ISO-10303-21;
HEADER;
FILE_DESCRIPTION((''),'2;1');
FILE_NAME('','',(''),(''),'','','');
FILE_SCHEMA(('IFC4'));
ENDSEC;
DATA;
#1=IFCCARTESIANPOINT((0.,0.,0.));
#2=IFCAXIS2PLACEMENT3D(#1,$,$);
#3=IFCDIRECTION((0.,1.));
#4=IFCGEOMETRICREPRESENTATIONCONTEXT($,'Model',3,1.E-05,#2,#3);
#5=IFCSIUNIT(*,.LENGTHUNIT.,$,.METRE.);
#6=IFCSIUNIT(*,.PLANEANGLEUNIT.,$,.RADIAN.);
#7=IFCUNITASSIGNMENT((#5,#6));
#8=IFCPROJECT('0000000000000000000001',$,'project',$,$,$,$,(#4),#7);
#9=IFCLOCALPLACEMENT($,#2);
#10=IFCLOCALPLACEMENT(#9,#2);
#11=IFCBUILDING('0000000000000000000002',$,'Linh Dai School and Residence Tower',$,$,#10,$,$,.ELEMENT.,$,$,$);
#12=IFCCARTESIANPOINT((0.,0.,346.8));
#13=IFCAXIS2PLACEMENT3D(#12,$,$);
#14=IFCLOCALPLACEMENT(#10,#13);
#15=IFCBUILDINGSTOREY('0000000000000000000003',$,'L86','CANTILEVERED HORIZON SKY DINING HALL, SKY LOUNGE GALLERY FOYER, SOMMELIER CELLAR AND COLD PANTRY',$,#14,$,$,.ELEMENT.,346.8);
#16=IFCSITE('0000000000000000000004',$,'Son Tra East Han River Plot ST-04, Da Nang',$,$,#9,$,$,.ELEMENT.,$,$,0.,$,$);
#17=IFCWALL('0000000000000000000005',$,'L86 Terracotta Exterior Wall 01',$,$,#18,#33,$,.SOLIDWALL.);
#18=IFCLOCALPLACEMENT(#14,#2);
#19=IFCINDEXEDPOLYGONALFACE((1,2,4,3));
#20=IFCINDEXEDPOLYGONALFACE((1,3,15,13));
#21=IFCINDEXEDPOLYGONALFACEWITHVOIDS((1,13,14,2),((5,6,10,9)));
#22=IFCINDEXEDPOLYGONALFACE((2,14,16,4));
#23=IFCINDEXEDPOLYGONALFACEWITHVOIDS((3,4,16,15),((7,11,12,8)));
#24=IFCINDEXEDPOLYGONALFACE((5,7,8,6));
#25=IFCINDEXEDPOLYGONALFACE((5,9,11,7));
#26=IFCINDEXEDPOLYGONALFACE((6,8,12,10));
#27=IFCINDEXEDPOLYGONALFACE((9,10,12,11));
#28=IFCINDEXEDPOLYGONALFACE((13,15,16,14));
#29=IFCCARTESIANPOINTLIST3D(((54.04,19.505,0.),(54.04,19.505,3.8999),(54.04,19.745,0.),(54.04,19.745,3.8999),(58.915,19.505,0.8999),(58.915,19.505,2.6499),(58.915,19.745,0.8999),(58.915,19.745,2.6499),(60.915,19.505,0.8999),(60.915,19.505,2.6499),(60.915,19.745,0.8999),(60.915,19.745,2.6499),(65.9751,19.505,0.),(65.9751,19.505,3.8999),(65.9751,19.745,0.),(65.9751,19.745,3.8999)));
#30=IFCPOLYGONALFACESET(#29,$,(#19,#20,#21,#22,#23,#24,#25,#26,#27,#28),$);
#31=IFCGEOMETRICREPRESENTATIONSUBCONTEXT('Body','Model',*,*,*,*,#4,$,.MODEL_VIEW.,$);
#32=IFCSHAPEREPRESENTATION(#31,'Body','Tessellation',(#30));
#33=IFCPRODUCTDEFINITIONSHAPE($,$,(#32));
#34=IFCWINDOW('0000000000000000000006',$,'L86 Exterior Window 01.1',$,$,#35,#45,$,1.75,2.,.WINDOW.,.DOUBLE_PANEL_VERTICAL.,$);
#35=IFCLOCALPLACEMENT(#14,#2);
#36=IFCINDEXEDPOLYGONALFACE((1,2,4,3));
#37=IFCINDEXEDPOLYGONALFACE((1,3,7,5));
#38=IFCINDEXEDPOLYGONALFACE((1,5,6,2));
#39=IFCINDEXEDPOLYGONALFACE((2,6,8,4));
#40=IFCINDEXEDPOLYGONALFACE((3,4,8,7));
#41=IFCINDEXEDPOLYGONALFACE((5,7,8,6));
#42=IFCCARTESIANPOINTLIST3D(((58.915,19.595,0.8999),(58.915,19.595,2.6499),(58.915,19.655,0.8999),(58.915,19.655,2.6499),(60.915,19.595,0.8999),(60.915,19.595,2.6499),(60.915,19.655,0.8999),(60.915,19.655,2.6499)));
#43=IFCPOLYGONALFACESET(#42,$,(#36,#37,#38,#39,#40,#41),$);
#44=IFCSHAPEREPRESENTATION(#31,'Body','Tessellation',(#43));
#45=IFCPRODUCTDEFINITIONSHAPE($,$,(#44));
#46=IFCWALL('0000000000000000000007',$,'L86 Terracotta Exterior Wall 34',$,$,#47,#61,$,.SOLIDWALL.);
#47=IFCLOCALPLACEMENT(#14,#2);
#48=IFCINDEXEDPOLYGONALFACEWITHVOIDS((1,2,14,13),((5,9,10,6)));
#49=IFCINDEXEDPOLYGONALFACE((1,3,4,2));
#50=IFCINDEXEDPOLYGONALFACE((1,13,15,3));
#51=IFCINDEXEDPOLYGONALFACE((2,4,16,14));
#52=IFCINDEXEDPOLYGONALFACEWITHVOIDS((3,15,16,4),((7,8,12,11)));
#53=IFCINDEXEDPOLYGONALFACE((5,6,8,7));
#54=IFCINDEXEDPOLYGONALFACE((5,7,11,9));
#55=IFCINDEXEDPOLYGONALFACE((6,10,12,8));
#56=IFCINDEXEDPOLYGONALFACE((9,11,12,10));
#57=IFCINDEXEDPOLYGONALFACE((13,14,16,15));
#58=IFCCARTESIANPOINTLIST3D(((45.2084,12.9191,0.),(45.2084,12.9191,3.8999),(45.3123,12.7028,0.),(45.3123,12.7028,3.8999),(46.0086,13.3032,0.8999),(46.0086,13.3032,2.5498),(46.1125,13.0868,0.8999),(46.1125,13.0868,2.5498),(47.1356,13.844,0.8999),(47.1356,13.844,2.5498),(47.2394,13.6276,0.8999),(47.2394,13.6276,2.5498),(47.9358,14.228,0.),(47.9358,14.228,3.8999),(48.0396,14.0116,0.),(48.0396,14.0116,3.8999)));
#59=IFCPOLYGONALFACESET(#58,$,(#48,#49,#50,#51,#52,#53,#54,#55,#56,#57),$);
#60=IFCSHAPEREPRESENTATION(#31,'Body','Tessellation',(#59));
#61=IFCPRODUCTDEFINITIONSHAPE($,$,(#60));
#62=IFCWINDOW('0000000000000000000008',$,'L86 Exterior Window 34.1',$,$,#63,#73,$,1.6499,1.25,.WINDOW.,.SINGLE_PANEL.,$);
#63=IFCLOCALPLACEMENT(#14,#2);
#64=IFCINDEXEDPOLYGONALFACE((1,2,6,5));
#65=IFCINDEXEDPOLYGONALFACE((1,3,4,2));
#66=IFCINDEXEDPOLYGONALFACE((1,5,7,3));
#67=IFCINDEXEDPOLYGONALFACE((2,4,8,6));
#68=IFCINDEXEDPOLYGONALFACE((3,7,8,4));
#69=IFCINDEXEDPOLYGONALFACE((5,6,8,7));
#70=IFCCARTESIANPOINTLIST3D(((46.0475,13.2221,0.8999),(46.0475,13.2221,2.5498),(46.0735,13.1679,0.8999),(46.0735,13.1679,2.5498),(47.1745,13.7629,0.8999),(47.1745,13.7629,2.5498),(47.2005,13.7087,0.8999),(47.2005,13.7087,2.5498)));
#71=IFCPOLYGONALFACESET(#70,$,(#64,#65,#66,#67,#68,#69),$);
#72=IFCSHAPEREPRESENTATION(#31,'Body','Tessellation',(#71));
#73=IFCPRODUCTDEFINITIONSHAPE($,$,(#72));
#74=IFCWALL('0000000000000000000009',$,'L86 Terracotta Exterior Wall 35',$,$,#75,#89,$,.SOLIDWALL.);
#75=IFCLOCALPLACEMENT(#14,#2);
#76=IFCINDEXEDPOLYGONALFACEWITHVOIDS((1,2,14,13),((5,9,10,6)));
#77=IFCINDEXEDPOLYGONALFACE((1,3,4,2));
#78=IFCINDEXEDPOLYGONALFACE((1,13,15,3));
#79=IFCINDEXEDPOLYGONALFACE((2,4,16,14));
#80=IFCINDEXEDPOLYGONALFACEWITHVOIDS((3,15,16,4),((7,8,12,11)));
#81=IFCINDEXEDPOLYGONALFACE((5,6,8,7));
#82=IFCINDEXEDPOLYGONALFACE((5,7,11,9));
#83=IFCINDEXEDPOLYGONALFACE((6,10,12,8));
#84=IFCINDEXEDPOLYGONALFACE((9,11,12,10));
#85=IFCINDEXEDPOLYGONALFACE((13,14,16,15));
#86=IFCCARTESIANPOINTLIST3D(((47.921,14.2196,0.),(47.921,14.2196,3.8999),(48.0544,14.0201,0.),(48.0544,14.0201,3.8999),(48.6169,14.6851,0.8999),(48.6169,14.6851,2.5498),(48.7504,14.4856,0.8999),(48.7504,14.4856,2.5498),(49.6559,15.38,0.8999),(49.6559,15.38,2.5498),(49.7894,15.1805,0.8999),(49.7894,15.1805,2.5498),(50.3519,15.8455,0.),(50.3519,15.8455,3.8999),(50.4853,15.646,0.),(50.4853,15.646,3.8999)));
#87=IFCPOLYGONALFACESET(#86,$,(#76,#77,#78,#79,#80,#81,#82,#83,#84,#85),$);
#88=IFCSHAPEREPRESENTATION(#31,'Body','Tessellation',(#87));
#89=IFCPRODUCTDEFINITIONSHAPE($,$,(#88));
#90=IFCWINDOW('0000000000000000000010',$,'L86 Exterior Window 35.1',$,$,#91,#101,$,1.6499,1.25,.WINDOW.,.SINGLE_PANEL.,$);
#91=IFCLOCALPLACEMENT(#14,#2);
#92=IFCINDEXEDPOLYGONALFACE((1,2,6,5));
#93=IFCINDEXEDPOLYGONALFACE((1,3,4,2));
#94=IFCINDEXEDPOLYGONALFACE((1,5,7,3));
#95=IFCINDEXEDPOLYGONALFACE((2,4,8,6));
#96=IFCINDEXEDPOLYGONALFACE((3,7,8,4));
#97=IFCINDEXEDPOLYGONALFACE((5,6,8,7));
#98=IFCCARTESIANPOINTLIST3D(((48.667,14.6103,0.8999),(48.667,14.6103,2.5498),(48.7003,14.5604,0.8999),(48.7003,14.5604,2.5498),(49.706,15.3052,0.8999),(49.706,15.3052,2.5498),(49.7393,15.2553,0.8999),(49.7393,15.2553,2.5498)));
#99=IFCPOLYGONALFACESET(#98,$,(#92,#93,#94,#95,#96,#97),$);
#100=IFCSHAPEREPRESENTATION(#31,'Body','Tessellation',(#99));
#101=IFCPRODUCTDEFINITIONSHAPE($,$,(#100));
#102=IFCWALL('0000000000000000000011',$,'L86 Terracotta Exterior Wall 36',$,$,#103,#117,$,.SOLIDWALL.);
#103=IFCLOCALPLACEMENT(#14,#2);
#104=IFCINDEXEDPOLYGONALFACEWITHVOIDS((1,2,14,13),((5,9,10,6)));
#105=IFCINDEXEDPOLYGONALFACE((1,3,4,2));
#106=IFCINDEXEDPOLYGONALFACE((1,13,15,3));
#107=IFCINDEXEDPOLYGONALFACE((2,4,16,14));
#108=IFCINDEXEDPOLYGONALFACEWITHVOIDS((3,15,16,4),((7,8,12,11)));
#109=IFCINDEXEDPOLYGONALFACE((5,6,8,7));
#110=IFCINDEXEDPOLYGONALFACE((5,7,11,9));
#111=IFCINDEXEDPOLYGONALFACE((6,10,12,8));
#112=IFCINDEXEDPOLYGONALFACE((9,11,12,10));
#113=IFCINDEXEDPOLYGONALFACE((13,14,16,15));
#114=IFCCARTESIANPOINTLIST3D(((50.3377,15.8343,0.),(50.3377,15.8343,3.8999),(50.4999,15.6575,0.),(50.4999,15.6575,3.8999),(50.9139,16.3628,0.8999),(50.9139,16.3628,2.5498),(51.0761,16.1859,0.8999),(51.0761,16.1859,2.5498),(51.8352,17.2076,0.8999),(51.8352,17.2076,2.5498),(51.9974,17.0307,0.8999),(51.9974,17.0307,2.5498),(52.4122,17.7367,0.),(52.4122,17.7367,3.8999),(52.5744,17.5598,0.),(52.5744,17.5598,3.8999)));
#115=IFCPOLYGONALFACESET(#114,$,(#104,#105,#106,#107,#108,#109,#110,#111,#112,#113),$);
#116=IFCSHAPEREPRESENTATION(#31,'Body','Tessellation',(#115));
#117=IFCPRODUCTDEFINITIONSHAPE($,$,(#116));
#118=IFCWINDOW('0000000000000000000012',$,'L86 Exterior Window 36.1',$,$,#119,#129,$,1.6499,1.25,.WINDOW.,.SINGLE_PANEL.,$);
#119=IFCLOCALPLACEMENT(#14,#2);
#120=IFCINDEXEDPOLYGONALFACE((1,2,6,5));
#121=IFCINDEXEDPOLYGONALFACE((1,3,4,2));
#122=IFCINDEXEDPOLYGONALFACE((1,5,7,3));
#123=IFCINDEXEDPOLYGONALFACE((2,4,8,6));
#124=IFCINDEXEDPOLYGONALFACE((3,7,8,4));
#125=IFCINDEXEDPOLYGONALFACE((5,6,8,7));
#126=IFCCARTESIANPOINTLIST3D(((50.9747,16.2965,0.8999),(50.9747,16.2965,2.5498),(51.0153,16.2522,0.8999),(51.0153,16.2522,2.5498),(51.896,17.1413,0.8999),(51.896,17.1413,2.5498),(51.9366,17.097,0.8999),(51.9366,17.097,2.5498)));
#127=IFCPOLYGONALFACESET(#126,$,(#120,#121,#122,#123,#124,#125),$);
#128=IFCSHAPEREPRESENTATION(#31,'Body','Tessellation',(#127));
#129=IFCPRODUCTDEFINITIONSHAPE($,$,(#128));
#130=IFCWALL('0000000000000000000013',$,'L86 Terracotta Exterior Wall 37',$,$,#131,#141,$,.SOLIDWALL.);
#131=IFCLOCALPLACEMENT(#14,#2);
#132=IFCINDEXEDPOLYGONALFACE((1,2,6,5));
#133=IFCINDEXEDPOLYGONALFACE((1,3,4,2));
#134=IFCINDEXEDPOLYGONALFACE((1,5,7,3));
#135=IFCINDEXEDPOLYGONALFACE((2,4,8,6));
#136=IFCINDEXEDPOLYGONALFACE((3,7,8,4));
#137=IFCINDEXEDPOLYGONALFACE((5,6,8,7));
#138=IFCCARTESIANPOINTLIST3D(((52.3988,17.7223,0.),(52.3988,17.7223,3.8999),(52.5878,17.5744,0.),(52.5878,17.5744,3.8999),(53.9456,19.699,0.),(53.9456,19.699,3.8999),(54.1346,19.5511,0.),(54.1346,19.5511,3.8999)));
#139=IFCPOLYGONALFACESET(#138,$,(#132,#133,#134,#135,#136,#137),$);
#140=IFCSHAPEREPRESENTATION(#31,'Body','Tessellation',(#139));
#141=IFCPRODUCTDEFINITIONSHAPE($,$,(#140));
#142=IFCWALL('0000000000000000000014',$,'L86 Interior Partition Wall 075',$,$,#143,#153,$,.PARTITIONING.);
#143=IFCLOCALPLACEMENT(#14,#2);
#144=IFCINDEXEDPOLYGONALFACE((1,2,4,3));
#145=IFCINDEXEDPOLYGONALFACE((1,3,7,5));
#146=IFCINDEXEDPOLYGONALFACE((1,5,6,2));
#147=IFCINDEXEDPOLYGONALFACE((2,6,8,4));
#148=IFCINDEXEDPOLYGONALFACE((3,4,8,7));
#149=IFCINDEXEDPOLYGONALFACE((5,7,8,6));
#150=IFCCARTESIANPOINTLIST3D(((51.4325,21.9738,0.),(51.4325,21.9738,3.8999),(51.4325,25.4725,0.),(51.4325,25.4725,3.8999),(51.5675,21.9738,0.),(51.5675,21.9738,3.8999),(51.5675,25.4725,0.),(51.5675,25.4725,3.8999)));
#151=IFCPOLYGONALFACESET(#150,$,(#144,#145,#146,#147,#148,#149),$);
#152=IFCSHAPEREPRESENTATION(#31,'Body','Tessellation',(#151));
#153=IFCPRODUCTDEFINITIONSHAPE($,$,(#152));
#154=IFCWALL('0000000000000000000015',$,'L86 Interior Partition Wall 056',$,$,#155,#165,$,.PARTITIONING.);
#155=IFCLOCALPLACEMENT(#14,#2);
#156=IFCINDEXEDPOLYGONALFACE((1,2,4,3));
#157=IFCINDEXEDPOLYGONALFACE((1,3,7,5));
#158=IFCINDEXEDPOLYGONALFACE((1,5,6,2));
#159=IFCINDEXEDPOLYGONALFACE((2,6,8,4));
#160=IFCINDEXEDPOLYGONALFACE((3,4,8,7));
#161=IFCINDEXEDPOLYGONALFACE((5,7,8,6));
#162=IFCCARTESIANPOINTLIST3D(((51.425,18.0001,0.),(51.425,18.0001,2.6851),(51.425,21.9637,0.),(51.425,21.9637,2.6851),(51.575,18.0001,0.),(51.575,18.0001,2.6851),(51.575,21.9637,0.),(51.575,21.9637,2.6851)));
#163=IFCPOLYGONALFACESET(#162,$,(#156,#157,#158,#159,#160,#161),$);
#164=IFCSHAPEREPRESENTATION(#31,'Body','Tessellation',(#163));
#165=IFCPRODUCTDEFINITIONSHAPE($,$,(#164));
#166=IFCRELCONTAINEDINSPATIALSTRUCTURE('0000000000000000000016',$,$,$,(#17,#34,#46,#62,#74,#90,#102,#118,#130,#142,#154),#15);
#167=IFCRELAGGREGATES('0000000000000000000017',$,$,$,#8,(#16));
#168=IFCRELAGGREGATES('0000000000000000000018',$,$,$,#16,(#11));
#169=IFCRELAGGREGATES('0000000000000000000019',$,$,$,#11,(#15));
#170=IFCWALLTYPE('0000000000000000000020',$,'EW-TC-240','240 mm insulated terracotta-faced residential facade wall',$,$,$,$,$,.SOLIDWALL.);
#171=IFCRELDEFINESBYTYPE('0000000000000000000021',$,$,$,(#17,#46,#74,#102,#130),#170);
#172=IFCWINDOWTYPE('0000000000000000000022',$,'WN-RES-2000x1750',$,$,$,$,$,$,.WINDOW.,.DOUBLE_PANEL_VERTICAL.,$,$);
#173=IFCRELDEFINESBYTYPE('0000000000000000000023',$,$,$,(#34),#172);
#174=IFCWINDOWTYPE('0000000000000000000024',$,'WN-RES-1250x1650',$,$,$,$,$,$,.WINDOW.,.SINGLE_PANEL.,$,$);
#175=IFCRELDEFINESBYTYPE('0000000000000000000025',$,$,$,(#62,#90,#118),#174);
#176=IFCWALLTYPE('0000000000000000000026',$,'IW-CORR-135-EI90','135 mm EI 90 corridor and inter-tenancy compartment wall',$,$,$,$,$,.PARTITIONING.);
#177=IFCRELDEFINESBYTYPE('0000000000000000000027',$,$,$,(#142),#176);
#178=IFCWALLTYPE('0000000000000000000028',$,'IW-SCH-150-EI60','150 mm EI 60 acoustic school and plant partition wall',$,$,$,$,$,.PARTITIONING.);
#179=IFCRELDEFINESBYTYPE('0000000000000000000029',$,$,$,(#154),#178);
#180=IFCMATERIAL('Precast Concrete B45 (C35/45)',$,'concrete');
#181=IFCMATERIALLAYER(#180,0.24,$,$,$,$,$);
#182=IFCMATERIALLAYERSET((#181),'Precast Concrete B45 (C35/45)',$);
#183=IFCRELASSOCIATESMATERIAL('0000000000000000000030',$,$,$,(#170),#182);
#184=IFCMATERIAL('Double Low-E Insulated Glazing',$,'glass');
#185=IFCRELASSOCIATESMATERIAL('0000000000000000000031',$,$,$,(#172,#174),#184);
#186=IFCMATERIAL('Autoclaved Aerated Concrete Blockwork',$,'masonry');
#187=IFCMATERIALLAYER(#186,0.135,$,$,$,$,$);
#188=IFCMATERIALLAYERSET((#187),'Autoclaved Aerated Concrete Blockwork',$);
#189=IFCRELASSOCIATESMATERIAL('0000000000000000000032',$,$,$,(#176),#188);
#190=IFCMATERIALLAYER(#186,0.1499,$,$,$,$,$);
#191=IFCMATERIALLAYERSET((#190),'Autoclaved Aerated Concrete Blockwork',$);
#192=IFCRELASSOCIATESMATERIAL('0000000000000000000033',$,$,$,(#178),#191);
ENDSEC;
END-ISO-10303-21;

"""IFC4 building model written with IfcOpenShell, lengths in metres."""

from ifc_helpers import new_model, si_unit, direction, frame, frame_2d, origin, origin_2d, place, context, subcontext, project, spatial, rectangle, extrude, source, transform, mapped, material, layer, layer_set, type_object, element, fill, save


model = new_model("IFC4")

# Units and contexts
model_context = context("Model", 3, precision=1e-05, world=origin(), true_north=direction((0.0, 1.0)))
body_context = subcontext(model_context, "Body", "Model", "MODEL_VIEW")
ifc_project = project(units=[si_unit("LENGTHUNIT", "METRE"), si_unit("PLANEANGLEUNIT", "RADIAN")], contexts=[model_context])

# Site, building, storey
site_placement = place(None, origin())
site = spatial("IfcSite", under=ifc_project, at=site_placement, Name="Son Tra East Han River Plot ST-04, Da Nang", CompositionType="ELEMENT", RefElevation=0.0)
building_placement = place(site_placement, origin())
building = spatial("IfcBuilding", under=site, at=building_placement, Name="Linh Dai School and Residence Tower", CompositionType="ELEMENT")
storey_placement = place(building_placement, frame((0.0, 0.0, 346.8)))
storey = spatial("IfcBuildingStorey", under=building, at=storey_placement, Name="L86", Description="CANTILEVERED HORIZON SKY DINING HALL, SKY LOUNGE GALLERY FOYER, SOMMELIER CELLAR AND COLD PANTRY", CompositionType="ELEMENT", Elevation=346.8)

# Walls, openings, windows
ifc_material_1 = material(Name="Precast Concrete B45 (C35/45)", Category="concrete")
ifc_layer_1 = layer(ifc_material_1, 0.24)
ifc_layer_set_1 = layer_set([ifc_layer_1], Name="Precast Concrete B45 (C35/45)")
wall_type_1 = type_object("IfcWallType", Name="EW-TC-240", Description="240 mm insulated terracotta-faced residential facade wall", PredefinedType="SOLIDWALL", material=ifc_layer_set_1)
wall_1_placement = place(storey_placement, frame((65.9751, 19.625, 0.0), z_axis=(0.0, 0.0, 1.0), x_axis=(-1.0, 0.0, 0.0)))
wall_1 = element("IfcWall", 1, at=wall_1_placement, inside=storey, type_object=wall_type_1, Name="L86 Terracotta Exterior Wall 01", PredefinedType="SOLIDWALL", context=body_context, shape_type="SweptSolid", body=[
    extrude(rectangle(XDim=11.9351, YDim=0.24, at=frame_2d((5.9675, 0.0))), origin(), (0.0, 0.0, 1.0), 3.8999),
])
opening_1_placement = place(wall_1_placement, frame((5.0601, 0.0, 0.8999)))
opening_1 = element("IfcOpeningElement", 2, at=opening_1_placement, cuts=wall_1, PredefinedType="OPENING", context=body_context, shape_type="SweptSolid", body=[
    extrude(rectangle(XDim=2.0, YDim=1.75, at=origin_2d()), frame((1.0, 0.1299, 0.875), z_axis=(0.0, -1.0, 0.0), x_axis=(1.0, 0.0, 0.0)), (0.0, 0.0, 1.0), 0.26),
])
ifc_material_2 = material(Name="Double Low-E Insulated Glazing", Category="glass")
window_type_1 = type_object("IfcWindowType", Name="WN-RES-2000x1750", PartitioningType="DOUBLE_PANEL_VERTICAL", PredefinedType="WINDOW", material=ifc_material_2)
shared_shape_1 = source(origin(), body_context, "Body", "SweptSolid", [
    extrude(rectangle(XDim=2.0, YDim=1.75, at=origin_2d()), frame((1.0, 0.03, 0.875), z_axis=(0.0, -1.0, 0.0), x_axis=(1.0, 0.0, 0.0)), (0.0, 0.0, 1.0), 0.0601),
])
window_1_placement = place(opening_1_placement, origin())
window_1 = element("IfcWindow", 3, at=window_1_placement, inside=storey, type_object=window_type_1, Name="L86 Exterior Window 01.1", OverallHeight=1.75, OverallWidth=2.0, PartitioningType="DOUBLE_PANEL_VERTICAL", PredefinedType="WINDOW", context=body_context, shape_type="MappedRepresentation", body=[
    mapped(shared_shape_1, transform((0.0, 0.0, 0.0), x_axis=(1.0, 0.0, 0.0), y_axis=(0.0, 1.0, 0.0), z_axis=(0.0, 0.0, 1.0), scale=1.0)),
])
fill(opening_1, window_1)
wall_2_placement = place(storey_placement, frame((47.9878, 14.1199, 0.0), z_axis=(0.0, 0.0, 1.0), x_axis=(-0.901557, -0.43266, 0.0)))
wall_2 = element("IfcWall", 4, at=wall_2_placement, inside=storey, type_object=wall_type_1, Name="L86 Terracotta Exterior Wall 34", PredefinedType="SOLIDWALL", context=body_context, shape_type="SweptSolid", body=[
    extrude(rectangle(XDim=3.0251, YDim=0.24, at=frame_2d((1.5127, 0.0))), origin(), (0.0, 0.0, 1.0), 3.8999),
])
opening_2_placement = place(wall_2_placement, frame((0.8877, 0.0, 0.8999)))
opening_2 = element("IfcOpeningElement", 5, at=opening_2_placement, cuts=wall_2, PredefinedType="OPENING", context=body_context, shape_type="SweptSolid", body=[
    extrude(rectangle(XDim=1.25, YDim=1.6499, at=origin_2d()), frame((0.625, 0.1299, 0.825), z_axis=(0.0, -1.0, 0.0), x_axis=(1.0, 0.0, 0.0)), (0.0, 0.0, 1.0), 0.26),
])
window_type_2 = type_object("IfcWindowType", Name="WN-RES-1250x1650", PartitioningType="SINGLE_PANEL", PredefinedType="WINDOW", material=ifc_material_2)
shared_shape_2 = source(origin(), body_context, "Body", "SweptSolid", [
    extrude(rectangle(XDim=1.25, YDim=1.6499, at=origin_2d()), frame((0.625, 0.03, 0.825), z_axis=(0.0, -1.0, 0.0), x_axis=(1.0, 0.0, 0.0)), (0.0, 0.0, 1.0), 0.0601),
])
window_2_placement = place(opening_2_placement, origin())
window_2 = element("IfcWindow", 6, at=window_2_placement, inside=storey, type_object=window_type_2, Name="L86 Exterior Window 34.1", OverallHeight=1.6499, OverallWidth=1.25, PartitioningType="SINGLE_PANEL", PredefinedType="WINDOW", context=body_context, shape_type="MappedRepresentation", body=[
    mapped(shared_shape_2, transform((0.0, 0.0, 0.0), x_axis=(1.0, 0.0, 0.0), y_axis=(0.0, 1.0, 0.0), z_axis=(0.0, 0.0, 1.0), scale=1.0)),
])
fill(opening_2, window_2)
wall_3_placement = place(storey_placement, frame((50.4187, 15.7458, 0.0), z_axis=(0.0, 0.0, 1.0), x_axis=(-0.831202, -0.555971, 0.0)))
wall_3 = element("IfcWall", 7, at=wall_3_placement, inside=storey, type_object=wall_type_1, Name="L86 Terracotta Exterior Wall 35", PredefinedType="SOLIDWALL", context=body_context, shape_type="SweptSolid", body=[
    extrude(rectangle(XDim=2.9246, YDim=0.24, at=frame_2d((1.4624, 0.0))), origin(), (0.0, 0.0, 1.0), 3.8999),
])
opening_3_placement = place(wall_3_placement, frame((0.8374, 0.0, 0.8999)))
opening_3 = element("IfcOpeningElement", 8, at=opening_3_placement, cuts=wall_3, PredefinedType="OPENING", context=body_context, shape_type="SweptSolid", body=[
    extrude(rectangle(XDim=1.25, YDim=1.6499, at=origin_2d()), frame((0.625, 0.1299, 0.825), z_axis=(0.0, -1.0, 0.0), x_axis=(1.0, 0.0, 0.0)), (0.0, 0.0, 1.0), 0.26),
])
window_3_placement = place(opening_3_placement, origin())
window_3 = element("IfcWindow", 9, at=window_3_placement, inside=storey, type_object=window_type_2, Name="L86 Exterior Window 35.1", OverallHeight=1.6499, OverallWidth=1.25, PartitioningType="SINGLE_PANEL", PredefinedType="WINDOW", context=body_context, shape_type="MappedRepresentation", body=[
    mapped(shared_shape_2, transform((0.0, 0.0, 0.0), x_axis=(1.0, 0.0, 0.0), y_axis=(0.0, 1.0, 0.0), z_axis=(0.0, 0.0, 1.0), scale=1.0)),
])
fill(opening_3, window_3)
wall_4_placement = place(storey_placement, frame((52.4932, 17.6482, 0.0), z_axis=(0.0, 0.0, 1.0), x_axis=(-0.737021, -0.67587, 0.0)))
wall_4 = element("IfcWall", 10, at=wall_4_placement, inside=storey, type_object=wall_type_1, Name="L86 Terracotta Exterior Wall 36", PredefinedType="SOLIDWALL", context=body_context, shape_type="SweptSolid", body=[
    extrude(rectangle(XDim=2.8147, YDim=0.24, at=frame_2d((1.4072, 0.0))), origin(), (0.0, 0.0, 1.0), 3.8999),
])
opening_4_placement = place(wall_4_placement, frame((0.7827, 0.0, 0.8999)))
opening_4 = element("IfcOpeningElement", 11, at=opening_4_placement, cuts=wall_4, PredefinedType="OPENING", context=body_context, shape_type="SweptSolid", body=[
    extrude(rectangle(XDim=1.25, YDim=1.6499, at=origin_2d()), frame((0.625, 0.1299, 0.825), z_axis=(0.0, -1.0, 0.0), x_axis=(1.0, 0.0, 0.0)), (0.0, 0.0, 1.0), 0.26),
])
window_4_placement = place(opening_4_placement, origin())
window_4 = element("IfcWindow", 12, at=window_4_placement, inside=storey, type_object=window_type_2, Name="L86 Exterior Window 36.1", OverallHeight=1.6499, OverallWidth=1.25, PartitioningType="SINGLE_PANEL", PredefinedType="WINDOW", context=body_context, shape_type="MappedRepresentation", body=[
    mapped(shared_shape_2, transform((0.0, 0.0, 0.0), x_axis=(1.0, 0.0, 0.0), y_axis=(0.0, 1.0, 0.0), z_axis=(0.0, 0.0, 1.0), scale=1.0)),
])
fill(opening_4, window_4)

# Walls
wall_5_placement = place(storey_placement, frame((54.04, 19.625, 0.0), z_axis=(0.0, 0.0, 1.0), x_axis=(-0.616261, -0.787542, 0.0)))
element("IfcWall", 13, at=wall_5_placement, inside=storey, type_object=wall_type_1, Name="L86 Terracotta Exterior Wall 37", PredefinedType="SOLIDWALL", context=body_context, shape_type="SweptSolid", body=[
    extrude(rectangle(XDim=2.51, YDim=0.24, at=frame_2d((1.2549, 0.0))), origin(), (0.0, 0.0, 1.0), 3.8999),
])
ifc_material_3 = material(Name="Autoclaved Aerated Concrete Blockwork", Category="masonry")
ifc_layer_2 = layer(ifc_material_3, 0.135)
ifc_layer_set_2 = layer_set([ifc_layer_2], Name="Autoclaved Aerated Concrete Blockwork")
wall_type_2 = type_object("IfcWallType", Name="IW-CORR-135-EI90", Description="135 mm EI 90 corridor and inter-tenancy compartment wall", PredefinedType="PARTITIONING", material=ifc_layer_set_2)
wall_6_placement = place(storey_placement, frame((51.5, 21.9736, 0.0), z_axis=(0.0, 0.0, 1.0), x_axis=(0.0, 1.0, 0.0)))
element("IfcWall", 14, at=wall_6_placement, inside=storey, type_object=wall_type_2, Name="L86 Interior Partition Wall 075", PredefinedType="PARTITIONING", context=body_context, shape_type="SweptSolid", body=[
    extrude(rectangle(XDim=3.4988, YDim=0.135, at=frame_2d((1.7495, 0.0))), origin(), (0.0, 0.0, 1.0), 3.8999),
])
ifc_layer_3 = layer(ifc_material_3, 0.1499)
ifc_layer_set_3 = layer_set([ifc_layer_3], Name="Autoclaved Aerated Concrete Blockwork")
wall_type_3 = type_object("IfcWallType", Name="IW-SCH-150-EI60", Description="150 mm EI 60 acoustic school and plant partition wall", PredefinedType="PARTITIONING", material=ifc_layer_set_3)
wall_7_placement = place(storey_placement, frame((51.5, 18.0, 0.0), z_axis=(0.0, 0.0, 1.0), x_axis=(0.0, 1.0, 0.0)))
element("IfcWall", 15, at=wall_7_placement, inside=storey, type_object=wall_type_3, Name="L86 Interior Partition Wall 056", PredefinedType="PARTITIONING", context=body_context, shape_type="SweptSolid", body=[
    extrude(rectangle(XDim=3.9636, YDim=0.1499, at=frame_2d((1.9819, 0.0))), origin(), (0.0, 0.0, 1.0), 2.6851),
])

save(model, "model.ifc")
